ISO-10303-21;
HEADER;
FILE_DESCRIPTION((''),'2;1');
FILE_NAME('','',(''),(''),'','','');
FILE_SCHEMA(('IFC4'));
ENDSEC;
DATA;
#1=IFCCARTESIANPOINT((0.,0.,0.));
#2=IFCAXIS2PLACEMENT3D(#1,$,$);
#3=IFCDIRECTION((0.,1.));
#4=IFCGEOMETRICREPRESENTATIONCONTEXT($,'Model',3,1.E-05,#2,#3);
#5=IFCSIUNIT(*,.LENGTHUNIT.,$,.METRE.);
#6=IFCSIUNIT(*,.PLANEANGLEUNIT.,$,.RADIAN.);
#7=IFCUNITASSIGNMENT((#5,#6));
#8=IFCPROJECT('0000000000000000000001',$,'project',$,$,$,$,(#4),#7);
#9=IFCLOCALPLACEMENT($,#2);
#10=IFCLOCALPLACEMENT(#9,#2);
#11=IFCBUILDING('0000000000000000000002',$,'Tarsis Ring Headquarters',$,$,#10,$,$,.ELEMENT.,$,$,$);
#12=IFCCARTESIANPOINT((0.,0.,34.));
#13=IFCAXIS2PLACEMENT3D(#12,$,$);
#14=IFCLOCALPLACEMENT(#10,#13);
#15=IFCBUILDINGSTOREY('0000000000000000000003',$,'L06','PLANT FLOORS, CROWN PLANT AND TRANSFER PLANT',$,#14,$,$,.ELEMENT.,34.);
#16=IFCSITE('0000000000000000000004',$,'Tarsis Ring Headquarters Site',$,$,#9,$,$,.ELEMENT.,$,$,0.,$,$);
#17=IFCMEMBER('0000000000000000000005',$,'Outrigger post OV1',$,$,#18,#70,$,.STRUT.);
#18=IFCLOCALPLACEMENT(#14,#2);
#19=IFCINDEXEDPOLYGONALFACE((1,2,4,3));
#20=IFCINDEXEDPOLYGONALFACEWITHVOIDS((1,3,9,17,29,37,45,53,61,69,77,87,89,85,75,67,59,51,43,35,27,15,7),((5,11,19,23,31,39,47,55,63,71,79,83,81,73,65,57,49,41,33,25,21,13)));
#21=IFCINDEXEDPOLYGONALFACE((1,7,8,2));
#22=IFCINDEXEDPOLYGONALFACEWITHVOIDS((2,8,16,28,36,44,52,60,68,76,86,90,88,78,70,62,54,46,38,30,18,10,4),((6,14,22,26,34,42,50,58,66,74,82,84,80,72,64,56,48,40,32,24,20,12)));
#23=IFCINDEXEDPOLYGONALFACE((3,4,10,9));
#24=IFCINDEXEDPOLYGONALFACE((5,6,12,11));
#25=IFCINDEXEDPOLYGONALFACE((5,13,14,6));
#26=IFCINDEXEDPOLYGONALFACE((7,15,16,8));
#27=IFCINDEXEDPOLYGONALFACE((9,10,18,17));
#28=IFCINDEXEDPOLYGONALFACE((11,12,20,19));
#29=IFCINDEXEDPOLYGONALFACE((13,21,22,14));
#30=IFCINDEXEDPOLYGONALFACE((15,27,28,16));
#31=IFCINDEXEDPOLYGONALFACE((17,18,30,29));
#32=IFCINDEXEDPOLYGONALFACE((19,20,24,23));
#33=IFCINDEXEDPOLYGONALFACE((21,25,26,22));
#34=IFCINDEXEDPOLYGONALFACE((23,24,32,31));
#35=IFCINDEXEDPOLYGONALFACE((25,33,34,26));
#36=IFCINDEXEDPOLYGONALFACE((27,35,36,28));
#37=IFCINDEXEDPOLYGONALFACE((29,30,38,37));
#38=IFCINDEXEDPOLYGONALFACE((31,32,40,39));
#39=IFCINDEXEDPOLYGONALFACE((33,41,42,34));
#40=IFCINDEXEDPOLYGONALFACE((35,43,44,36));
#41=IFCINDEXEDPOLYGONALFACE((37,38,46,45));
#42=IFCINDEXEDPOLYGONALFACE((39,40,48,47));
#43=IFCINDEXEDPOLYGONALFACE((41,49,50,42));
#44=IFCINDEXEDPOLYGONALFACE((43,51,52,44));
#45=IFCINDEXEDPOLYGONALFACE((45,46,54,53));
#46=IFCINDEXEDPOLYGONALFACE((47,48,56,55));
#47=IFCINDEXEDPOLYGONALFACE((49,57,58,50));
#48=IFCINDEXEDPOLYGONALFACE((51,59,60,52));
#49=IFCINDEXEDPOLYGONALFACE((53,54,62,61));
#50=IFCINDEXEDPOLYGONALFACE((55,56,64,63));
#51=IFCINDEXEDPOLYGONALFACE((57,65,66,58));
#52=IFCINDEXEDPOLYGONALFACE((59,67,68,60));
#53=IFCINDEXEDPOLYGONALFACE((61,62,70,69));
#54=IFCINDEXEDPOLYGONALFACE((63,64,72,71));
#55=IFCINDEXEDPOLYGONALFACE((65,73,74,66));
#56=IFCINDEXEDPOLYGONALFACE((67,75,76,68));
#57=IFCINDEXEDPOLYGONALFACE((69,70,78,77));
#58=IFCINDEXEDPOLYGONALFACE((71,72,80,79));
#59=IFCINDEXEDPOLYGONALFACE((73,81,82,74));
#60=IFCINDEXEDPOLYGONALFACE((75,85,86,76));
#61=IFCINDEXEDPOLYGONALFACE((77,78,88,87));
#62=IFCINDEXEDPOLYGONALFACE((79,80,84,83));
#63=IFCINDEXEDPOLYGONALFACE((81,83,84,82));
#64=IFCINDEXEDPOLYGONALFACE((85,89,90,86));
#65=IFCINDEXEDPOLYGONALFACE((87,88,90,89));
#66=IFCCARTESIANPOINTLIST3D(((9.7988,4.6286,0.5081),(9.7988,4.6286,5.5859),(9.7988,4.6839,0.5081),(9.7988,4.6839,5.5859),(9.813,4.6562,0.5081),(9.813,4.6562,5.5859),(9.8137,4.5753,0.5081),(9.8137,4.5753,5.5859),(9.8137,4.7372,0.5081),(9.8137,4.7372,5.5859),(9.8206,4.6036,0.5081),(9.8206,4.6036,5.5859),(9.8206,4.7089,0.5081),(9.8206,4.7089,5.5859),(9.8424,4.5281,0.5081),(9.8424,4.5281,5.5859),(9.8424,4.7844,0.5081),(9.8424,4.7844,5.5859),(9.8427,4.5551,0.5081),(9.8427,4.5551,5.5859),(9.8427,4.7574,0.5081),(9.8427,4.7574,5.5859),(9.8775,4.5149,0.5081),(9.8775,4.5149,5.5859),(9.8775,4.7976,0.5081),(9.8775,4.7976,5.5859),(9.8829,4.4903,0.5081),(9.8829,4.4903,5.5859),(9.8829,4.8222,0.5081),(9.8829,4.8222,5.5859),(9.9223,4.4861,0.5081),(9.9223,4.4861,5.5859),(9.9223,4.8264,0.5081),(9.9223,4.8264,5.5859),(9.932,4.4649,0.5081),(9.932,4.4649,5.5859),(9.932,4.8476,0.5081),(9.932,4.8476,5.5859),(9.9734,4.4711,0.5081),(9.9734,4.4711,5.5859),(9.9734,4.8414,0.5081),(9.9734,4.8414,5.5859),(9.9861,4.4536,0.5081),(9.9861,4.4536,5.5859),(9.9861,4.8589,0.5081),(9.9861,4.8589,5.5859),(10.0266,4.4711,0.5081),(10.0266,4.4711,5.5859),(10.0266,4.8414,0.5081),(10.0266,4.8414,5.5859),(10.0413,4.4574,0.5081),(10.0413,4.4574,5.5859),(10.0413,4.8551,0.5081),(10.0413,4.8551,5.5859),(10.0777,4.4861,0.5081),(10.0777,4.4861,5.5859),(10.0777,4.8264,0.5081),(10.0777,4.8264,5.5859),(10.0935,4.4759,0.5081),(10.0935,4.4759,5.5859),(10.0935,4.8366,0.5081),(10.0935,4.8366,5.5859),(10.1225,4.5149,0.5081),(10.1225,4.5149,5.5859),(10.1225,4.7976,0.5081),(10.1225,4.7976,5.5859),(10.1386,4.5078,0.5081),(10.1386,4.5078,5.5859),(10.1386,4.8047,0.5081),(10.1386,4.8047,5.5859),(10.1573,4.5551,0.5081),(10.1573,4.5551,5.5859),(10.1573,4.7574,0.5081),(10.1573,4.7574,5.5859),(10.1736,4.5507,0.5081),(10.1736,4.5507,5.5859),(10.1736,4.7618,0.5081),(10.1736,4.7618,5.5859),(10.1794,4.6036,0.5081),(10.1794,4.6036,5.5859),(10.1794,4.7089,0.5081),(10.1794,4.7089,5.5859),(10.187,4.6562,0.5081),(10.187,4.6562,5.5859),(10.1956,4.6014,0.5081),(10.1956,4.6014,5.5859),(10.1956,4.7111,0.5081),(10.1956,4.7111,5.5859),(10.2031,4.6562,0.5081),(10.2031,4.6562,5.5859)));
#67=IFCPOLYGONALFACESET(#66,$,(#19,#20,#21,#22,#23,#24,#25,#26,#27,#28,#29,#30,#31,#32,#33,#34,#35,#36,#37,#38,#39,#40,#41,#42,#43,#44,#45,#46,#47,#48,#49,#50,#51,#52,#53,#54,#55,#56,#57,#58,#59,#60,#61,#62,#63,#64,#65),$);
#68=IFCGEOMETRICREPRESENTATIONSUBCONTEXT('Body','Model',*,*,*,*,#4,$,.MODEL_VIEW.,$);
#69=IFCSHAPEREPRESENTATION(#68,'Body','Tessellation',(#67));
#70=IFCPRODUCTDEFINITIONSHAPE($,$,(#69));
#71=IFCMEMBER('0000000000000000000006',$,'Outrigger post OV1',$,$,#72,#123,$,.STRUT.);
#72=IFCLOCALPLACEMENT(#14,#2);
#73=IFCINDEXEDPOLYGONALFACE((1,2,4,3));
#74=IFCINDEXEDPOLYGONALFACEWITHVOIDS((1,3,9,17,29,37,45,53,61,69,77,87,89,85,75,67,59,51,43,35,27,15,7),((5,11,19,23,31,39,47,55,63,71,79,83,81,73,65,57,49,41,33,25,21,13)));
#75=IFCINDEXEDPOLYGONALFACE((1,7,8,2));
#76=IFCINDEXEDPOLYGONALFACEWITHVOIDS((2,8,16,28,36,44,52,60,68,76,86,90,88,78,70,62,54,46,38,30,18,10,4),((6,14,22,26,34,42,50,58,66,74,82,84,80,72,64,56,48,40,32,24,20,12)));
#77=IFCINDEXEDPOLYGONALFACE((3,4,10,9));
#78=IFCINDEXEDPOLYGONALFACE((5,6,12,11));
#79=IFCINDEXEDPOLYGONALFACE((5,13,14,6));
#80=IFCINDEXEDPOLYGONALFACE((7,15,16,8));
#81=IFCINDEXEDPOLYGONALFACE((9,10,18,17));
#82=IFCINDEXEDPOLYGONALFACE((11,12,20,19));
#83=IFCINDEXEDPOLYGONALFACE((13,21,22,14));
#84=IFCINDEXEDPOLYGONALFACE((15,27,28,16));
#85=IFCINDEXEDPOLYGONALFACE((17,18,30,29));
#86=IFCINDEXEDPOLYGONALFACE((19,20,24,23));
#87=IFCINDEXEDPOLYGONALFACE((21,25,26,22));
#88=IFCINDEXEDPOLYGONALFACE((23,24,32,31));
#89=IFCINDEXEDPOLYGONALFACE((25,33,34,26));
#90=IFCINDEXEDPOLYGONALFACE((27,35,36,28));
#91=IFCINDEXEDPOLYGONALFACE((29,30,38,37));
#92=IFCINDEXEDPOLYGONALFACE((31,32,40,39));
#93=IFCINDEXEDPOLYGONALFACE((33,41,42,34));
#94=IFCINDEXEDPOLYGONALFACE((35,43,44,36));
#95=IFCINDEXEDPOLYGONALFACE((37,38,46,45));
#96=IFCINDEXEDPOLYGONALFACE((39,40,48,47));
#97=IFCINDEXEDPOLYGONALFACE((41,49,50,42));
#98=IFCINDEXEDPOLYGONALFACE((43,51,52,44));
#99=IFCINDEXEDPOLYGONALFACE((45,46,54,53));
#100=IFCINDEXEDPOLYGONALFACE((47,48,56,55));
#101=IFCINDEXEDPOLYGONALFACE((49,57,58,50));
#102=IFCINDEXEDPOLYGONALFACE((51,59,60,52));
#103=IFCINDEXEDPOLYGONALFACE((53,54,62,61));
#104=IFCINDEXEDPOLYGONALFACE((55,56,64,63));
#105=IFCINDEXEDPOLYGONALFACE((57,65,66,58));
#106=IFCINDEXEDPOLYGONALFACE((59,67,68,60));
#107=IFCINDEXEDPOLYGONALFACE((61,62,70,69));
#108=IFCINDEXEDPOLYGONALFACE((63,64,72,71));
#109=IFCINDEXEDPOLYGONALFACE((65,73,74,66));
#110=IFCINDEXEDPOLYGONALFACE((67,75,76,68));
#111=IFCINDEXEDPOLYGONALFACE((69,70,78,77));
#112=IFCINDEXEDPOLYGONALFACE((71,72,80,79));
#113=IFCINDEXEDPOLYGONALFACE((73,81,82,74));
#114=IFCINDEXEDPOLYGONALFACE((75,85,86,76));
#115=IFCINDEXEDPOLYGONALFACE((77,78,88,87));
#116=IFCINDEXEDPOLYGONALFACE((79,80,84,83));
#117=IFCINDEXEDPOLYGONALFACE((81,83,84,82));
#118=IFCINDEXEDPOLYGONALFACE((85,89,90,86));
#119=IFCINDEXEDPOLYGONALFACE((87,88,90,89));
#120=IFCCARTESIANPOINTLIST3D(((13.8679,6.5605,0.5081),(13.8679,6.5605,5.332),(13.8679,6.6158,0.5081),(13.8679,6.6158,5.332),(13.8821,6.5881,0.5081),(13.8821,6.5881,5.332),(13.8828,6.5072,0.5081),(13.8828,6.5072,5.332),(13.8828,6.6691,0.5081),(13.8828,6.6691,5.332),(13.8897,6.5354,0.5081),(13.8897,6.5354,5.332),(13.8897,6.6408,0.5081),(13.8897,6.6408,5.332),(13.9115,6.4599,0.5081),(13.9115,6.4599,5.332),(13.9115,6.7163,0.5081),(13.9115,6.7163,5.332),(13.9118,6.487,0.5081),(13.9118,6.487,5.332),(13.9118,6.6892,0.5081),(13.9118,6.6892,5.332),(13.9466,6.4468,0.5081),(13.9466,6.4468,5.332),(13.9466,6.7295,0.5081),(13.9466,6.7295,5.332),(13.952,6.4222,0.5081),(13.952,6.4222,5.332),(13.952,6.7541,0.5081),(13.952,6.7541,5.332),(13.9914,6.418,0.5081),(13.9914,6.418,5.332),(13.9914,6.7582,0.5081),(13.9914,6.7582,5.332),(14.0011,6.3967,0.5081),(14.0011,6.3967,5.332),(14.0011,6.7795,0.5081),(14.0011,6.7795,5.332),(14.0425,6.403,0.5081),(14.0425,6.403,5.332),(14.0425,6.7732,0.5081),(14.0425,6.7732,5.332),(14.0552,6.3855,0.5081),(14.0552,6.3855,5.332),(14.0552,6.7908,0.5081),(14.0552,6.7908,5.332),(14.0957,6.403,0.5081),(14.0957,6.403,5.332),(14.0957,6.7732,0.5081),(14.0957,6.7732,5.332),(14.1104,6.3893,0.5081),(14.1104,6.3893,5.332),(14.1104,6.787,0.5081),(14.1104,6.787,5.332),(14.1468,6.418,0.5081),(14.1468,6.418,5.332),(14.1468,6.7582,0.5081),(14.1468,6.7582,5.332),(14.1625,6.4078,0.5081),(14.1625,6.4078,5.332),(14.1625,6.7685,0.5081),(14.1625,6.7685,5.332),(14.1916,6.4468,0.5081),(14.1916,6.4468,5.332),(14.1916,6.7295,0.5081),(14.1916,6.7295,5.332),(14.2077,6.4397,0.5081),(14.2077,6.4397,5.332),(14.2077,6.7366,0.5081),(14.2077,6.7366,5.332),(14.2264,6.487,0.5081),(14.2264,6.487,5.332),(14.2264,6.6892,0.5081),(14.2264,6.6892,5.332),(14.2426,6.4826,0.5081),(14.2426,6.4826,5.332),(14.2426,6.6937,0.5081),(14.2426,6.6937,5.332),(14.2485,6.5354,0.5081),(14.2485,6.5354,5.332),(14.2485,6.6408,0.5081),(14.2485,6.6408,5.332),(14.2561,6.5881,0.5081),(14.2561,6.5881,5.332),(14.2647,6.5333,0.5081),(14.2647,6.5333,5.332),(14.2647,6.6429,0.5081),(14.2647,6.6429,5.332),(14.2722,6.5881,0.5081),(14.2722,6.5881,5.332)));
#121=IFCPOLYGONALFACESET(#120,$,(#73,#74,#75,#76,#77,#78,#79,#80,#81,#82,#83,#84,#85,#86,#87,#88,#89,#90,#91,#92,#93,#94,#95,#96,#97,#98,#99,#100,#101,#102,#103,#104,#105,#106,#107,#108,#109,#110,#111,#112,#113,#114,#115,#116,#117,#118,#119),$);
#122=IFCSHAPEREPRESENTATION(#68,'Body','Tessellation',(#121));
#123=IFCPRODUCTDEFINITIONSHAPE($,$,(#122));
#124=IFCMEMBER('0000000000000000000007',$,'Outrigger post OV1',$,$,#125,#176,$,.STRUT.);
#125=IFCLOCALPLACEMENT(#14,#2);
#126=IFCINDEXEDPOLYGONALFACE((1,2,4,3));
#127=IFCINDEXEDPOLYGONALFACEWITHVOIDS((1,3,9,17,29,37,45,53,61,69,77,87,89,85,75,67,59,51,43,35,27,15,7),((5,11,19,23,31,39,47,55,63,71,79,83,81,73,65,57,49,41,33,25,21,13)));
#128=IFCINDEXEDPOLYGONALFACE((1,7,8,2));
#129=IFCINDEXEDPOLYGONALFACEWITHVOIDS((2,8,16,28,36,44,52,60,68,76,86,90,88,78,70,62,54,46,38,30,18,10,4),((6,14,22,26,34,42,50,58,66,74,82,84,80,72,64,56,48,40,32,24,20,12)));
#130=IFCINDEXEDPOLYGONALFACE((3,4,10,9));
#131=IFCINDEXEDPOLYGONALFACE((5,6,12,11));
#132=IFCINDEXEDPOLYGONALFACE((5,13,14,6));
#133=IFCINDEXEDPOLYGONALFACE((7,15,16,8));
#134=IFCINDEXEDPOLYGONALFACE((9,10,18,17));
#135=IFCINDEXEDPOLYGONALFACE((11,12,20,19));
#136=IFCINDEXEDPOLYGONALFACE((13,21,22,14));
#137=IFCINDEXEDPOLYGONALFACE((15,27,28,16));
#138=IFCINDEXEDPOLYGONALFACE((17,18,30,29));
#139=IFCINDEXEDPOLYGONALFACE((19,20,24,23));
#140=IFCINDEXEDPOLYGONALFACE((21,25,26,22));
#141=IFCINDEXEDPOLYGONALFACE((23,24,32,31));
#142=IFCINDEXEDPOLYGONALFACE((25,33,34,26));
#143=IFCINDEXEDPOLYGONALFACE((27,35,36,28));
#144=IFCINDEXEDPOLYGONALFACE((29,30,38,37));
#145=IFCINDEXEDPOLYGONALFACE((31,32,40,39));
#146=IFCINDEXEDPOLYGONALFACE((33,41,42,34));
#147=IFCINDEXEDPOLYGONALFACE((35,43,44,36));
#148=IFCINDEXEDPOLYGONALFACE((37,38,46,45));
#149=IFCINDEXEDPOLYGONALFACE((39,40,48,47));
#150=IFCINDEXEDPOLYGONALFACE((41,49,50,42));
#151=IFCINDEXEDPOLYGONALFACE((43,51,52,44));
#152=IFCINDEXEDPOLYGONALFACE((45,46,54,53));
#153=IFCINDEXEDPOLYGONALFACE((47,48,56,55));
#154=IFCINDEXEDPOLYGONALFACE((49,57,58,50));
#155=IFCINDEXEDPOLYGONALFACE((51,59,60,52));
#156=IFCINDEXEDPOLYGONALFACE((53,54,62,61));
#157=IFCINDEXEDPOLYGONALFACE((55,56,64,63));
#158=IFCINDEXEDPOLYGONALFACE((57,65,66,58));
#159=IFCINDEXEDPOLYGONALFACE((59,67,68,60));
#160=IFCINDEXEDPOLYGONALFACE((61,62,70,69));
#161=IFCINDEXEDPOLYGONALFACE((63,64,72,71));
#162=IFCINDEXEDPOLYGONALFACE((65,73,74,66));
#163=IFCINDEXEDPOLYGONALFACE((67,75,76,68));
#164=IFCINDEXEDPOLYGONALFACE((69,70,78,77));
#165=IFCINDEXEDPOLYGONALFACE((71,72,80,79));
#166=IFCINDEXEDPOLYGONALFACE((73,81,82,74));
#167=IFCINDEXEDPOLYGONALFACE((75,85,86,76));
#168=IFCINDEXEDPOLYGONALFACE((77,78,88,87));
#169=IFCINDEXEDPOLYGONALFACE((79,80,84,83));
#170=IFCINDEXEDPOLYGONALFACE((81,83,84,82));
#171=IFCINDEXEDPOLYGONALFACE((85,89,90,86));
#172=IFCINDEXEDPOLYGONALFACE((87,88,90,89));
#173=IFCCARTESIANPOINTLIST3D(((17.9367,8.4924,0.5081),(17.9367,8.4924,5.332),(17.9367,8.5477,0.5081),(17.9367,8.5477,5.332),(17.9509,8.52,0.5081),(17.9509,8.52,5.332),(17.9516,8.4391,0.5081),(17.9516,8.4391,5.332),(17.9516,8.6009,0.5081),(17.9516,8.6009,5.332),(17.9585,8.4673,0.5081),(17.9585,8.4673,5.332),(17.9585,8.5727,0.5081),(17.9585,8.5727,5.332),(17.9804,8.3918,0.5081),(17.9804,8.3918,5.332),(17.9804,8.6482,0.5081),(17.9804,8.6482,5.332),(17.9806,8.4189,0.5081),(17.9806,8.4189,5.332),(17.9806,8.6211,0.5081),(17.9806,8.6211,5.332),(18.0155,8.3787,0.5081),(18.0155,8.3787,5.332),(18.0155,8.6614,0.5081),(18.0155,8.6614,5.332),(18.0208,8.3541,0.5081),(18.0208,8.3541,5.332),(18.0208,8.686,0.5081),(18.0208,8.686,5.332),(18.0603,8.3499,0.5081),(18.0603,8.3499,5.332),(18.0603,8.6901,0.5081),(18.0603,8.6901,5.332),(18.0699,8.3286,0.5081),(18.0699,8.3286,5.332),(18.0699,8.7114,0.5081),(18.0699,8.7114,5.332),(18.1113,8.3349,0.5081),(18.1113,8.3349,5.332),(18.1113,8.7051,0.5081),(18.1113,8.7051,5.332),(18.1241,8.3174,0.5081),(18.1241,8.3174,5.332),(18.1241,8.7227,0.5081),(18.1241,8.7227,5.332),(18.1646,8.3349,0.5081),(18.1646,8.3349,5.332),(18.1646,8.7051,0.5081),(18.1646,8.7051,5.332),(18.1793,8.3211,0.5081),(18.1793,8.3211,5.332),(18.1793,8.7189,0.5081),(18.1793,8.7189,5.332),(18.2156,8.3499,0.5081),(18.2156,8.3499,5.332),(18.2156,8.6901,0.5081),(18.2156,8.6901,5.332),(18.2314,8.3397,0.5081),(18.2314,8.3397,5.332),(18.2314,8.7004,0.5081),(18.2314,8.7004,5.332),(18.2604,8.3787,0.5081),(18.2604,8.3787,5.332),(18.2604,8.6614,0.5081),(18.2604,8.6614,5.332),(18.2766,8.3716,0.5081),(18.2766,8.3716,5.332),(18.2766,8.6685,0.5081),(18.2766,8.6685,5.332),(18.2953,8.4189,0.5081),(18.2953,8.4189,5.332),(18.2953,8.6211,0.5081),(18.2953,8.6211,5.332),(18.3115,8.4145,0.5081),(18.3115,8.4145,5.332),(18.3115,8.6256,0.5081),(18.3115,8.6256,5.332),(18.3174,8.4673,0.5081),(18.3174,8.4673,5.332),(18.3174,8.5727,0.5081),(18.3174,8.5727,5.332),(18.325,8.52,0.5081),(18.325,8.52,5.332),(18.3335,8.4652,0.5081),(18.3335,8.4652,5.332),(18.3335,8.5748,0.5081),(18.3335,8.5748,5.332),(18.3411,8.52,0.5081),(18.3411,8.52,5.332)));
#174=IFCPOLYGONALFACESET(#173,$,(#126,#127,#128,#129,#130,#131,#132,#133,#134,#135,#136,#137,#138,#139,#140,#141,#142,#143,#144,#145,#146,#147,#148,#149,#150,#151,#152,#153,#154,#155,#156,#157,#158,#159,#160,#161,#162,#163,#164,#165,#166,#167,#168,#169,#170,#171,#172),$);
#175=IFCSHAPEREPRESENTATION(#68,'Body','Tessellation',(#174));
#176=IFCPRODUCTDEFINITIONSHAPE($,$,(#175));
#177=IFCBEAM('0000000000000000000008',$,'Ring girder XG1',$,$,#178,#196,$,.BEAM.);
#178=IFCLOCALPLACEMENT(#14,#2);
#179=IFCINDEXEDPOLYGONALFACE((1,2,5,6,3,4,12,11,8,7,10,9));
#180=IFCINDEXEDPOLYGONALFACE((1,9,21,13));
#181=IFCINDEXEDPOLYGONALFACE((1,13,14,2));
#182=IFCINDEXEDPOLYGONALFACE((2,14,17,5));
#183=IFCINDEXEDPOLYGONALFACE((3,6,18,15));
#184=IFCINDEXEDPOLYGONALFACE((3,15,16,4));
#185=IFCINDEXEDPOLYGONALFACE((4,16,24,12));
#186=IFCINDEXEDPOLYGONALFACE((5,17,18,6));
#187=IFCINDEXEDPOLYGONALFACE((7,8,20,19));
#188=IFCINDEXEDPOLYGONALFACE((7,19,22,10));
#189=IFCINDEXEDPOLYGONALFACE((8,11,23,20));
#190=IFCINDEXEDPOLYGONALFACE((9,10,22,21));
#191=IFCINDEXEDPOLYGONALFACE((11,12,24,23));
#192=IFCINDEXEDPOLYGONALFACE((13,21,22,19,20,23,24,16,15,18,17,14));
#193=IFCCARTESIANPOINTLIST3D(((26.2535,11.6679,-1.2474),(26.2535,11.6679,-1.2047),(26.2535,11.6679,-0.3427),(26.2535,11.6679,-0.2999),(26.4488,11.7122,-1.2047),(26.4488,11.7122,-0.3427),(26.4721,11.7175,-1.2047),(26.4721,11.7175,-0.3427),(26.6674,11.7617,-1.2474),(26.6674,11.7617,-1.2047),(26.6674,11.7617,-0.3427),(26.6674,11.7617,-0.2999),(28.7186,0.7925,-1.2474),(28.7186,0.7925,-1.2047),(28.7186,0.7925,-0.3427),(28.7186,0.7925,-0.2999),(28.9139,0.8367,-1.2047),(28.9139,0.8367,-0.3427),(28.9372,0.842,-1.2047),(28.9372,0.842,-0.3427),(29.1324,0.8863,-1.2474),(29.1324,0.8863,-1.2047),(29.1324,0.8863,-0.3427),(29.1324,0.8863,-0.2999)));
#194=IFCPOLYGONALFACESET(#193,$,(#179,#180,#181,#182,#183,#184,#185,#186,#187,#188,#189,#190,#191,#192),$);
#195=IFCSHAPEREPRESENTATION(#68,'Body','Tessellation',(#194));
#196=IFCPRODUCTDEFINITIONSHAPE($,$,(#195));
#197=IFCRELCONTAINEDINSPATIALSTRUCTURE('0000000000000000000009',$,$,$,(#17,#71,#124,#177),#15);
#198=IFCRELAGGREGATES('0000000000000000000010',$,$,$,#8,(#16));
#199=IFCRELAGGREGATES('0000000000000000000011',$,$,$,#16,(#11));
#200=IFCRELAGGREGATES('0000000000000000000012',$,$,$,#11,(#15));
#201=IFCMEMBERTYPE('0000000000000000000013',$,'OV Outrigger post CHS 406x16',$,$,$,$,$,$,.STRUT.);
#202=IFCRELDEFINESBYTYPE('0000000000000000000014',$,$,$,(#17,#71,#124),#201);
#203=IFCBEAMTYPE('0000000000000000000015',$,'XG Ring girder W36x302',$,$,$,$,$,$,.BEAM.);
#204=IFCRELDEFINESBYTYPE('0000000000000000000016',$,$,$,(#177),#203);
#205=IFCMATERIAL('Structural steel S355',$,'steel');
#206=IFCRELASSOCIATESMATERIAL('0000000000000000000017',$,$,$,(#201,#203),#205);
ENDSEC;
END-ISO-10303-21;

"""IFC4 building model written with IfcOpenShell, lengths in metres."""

from ifc_helpers import new_model, si_unit, direction, frame, origin, origin_2d, place, context, subcontext, project, spatial, hollow_circle, i_section, extrude, material, material_profile, profile_set, type_object, element, save


model = new_model("IFC4")

# Units and contexts
model_context = context("Model", 3, precision=1e-05, world=origin(), true_north=direction((0.0, 1.0)))
body_context = subcontext(model_context, "Body", "Model", "MODEL_VIEW")
ifc_project = project(units=[si_unit("LENGTHUNIT", "METRE"), si_unit("PLANEANGLEUNIT", "RADIAN")], contexts=[model_context])

# Site, building, storey
site_placement = place(None, origin())
site = spatial("IfcSite", under=ifc_project, at=site_placement, Name="Tarsis Ring Headquarters Site", CompositionType="ELEMENT", RefElevation=0.0)
building_placement = place(site_placement, origin())
building = spatial("IfcBuilding", under=site, at=building_placement, Name="Tarsis Ring Headquarters", CompositionType="ELEMENT")
storey_placement = place(building_placement, frame((0.0, 0.0, 34.0)))
storey = spatial("IfcBuildingStorey", under=building, at=storey_placement, Name="L06", Description="PLANT FLOORS, CROWN PLANT AND TRANSFER PLANT", CompositionType="ELEMENT", Elevation=34.0)

# Shared definitions
ifc_material_1 = material(Name="Structural steel S355", Category="steel")

# Members
ifc_material_profile_1 = material_profile(ifc_material_1, hollow_circle(Radius=0.2031, WallThickness=0.0161, at=origin_2d()), Name="CHS 406x16")
ifc_profile_set_1 = profile_set([ifc_material_profile_1], Name="Structural steel S355")
member_type_1 = type_object("IfcMemberType", Name="OV Outrigger post CHS 406x16", PredefinedType="STRUT", material=ifc_profile_set_1)
member_1_placement = place(storey_placement, frame((10.0, 4.6562, 0.5081), z_axis=(0.0, 0.0, 1.0), x_axis=(1.0, 0.0, 0.0)))
element("IfcMember", 1, at=member_1_placement, inside=storey, type_object=member_type_1, Name="Outrigger post OV1", PredefinedType="STRUT", context=body_context, shape_type="SweptSolid", body=[
    extrude(hollow_circle(Radius=0.2031, WallThickness=0.0161, at=origin_2d()), origin(), (0.0, 0.0, 1.0), 5.0779),
])
for number, where, z_axis, x_axis, name in (
    (2, (14.0691, 6.5881, 0.5081), (0.0, 0.0, 1.0), (1.0, 0.0, 0.0), "Outrigger post OV1"),
    (3, (18.1379, 8.52, 0.5081), (0.0, 0.0, 1.0), (1.0, 0.0, 0.0), "Outrigger post OV1"),
):
    element("IfcMember", number, at=place(storey_placement, frame(where, z_axis=z_axis, x_axis=x_axis)), inside=storey, type_object=member_type_1, Name=name, PredefinedType="STRUT", context=body_context, shape_type="SweptSolid", body=[
        extrude(hollow_circle(Radius=0.2031, WallThickness=0.0161, at=origin_2d()), origin(), (0.0, 0.0, 1.0), 4.824),
    ])

# Beam
ifc_material_profile_2 = material_profile(ifc_material_1, i_section(OverallWidth=0.4243, OverallDepth=0.9475, WebThickness=0.0239, FlangeThickness=0.0427, at=origin_2d()), Name="W36x302")
ifc_profile_set_2 = profile_set([ifc_material_profile_2], Name="Structural steel S355")
beam_type_1 = type_object("IfcBeamType", Name="XG Ring girder W36x302", PredefinedType="BEAM", material=ifc_profile_set_2)
beam_1_placement = place(storey_placement, frame((28.9255, 0.8394, -0.7737), z_axis=(-0.221057, 0.975261, 0.0), x_axis=(-0.975261, -0.221057, 0.0)))
element("IfcBeam", 4, at=beam_1_placement, inside=storey, type_object=beam_type_1, Name="Ring girder XG1", PredefinedType="BEAM", context=body_context, shape_type="SweptSolid", body=[
    extrude(i_section(OverallWidth=0.4243, OverallDepth=0.9475, WebThickness=0.0239, FlangeThickness=0.0427, at=origin_2d()), origin(), (0.0, 0.0, 1.0), 11.1514),
])

save(model, "model.ifc")
